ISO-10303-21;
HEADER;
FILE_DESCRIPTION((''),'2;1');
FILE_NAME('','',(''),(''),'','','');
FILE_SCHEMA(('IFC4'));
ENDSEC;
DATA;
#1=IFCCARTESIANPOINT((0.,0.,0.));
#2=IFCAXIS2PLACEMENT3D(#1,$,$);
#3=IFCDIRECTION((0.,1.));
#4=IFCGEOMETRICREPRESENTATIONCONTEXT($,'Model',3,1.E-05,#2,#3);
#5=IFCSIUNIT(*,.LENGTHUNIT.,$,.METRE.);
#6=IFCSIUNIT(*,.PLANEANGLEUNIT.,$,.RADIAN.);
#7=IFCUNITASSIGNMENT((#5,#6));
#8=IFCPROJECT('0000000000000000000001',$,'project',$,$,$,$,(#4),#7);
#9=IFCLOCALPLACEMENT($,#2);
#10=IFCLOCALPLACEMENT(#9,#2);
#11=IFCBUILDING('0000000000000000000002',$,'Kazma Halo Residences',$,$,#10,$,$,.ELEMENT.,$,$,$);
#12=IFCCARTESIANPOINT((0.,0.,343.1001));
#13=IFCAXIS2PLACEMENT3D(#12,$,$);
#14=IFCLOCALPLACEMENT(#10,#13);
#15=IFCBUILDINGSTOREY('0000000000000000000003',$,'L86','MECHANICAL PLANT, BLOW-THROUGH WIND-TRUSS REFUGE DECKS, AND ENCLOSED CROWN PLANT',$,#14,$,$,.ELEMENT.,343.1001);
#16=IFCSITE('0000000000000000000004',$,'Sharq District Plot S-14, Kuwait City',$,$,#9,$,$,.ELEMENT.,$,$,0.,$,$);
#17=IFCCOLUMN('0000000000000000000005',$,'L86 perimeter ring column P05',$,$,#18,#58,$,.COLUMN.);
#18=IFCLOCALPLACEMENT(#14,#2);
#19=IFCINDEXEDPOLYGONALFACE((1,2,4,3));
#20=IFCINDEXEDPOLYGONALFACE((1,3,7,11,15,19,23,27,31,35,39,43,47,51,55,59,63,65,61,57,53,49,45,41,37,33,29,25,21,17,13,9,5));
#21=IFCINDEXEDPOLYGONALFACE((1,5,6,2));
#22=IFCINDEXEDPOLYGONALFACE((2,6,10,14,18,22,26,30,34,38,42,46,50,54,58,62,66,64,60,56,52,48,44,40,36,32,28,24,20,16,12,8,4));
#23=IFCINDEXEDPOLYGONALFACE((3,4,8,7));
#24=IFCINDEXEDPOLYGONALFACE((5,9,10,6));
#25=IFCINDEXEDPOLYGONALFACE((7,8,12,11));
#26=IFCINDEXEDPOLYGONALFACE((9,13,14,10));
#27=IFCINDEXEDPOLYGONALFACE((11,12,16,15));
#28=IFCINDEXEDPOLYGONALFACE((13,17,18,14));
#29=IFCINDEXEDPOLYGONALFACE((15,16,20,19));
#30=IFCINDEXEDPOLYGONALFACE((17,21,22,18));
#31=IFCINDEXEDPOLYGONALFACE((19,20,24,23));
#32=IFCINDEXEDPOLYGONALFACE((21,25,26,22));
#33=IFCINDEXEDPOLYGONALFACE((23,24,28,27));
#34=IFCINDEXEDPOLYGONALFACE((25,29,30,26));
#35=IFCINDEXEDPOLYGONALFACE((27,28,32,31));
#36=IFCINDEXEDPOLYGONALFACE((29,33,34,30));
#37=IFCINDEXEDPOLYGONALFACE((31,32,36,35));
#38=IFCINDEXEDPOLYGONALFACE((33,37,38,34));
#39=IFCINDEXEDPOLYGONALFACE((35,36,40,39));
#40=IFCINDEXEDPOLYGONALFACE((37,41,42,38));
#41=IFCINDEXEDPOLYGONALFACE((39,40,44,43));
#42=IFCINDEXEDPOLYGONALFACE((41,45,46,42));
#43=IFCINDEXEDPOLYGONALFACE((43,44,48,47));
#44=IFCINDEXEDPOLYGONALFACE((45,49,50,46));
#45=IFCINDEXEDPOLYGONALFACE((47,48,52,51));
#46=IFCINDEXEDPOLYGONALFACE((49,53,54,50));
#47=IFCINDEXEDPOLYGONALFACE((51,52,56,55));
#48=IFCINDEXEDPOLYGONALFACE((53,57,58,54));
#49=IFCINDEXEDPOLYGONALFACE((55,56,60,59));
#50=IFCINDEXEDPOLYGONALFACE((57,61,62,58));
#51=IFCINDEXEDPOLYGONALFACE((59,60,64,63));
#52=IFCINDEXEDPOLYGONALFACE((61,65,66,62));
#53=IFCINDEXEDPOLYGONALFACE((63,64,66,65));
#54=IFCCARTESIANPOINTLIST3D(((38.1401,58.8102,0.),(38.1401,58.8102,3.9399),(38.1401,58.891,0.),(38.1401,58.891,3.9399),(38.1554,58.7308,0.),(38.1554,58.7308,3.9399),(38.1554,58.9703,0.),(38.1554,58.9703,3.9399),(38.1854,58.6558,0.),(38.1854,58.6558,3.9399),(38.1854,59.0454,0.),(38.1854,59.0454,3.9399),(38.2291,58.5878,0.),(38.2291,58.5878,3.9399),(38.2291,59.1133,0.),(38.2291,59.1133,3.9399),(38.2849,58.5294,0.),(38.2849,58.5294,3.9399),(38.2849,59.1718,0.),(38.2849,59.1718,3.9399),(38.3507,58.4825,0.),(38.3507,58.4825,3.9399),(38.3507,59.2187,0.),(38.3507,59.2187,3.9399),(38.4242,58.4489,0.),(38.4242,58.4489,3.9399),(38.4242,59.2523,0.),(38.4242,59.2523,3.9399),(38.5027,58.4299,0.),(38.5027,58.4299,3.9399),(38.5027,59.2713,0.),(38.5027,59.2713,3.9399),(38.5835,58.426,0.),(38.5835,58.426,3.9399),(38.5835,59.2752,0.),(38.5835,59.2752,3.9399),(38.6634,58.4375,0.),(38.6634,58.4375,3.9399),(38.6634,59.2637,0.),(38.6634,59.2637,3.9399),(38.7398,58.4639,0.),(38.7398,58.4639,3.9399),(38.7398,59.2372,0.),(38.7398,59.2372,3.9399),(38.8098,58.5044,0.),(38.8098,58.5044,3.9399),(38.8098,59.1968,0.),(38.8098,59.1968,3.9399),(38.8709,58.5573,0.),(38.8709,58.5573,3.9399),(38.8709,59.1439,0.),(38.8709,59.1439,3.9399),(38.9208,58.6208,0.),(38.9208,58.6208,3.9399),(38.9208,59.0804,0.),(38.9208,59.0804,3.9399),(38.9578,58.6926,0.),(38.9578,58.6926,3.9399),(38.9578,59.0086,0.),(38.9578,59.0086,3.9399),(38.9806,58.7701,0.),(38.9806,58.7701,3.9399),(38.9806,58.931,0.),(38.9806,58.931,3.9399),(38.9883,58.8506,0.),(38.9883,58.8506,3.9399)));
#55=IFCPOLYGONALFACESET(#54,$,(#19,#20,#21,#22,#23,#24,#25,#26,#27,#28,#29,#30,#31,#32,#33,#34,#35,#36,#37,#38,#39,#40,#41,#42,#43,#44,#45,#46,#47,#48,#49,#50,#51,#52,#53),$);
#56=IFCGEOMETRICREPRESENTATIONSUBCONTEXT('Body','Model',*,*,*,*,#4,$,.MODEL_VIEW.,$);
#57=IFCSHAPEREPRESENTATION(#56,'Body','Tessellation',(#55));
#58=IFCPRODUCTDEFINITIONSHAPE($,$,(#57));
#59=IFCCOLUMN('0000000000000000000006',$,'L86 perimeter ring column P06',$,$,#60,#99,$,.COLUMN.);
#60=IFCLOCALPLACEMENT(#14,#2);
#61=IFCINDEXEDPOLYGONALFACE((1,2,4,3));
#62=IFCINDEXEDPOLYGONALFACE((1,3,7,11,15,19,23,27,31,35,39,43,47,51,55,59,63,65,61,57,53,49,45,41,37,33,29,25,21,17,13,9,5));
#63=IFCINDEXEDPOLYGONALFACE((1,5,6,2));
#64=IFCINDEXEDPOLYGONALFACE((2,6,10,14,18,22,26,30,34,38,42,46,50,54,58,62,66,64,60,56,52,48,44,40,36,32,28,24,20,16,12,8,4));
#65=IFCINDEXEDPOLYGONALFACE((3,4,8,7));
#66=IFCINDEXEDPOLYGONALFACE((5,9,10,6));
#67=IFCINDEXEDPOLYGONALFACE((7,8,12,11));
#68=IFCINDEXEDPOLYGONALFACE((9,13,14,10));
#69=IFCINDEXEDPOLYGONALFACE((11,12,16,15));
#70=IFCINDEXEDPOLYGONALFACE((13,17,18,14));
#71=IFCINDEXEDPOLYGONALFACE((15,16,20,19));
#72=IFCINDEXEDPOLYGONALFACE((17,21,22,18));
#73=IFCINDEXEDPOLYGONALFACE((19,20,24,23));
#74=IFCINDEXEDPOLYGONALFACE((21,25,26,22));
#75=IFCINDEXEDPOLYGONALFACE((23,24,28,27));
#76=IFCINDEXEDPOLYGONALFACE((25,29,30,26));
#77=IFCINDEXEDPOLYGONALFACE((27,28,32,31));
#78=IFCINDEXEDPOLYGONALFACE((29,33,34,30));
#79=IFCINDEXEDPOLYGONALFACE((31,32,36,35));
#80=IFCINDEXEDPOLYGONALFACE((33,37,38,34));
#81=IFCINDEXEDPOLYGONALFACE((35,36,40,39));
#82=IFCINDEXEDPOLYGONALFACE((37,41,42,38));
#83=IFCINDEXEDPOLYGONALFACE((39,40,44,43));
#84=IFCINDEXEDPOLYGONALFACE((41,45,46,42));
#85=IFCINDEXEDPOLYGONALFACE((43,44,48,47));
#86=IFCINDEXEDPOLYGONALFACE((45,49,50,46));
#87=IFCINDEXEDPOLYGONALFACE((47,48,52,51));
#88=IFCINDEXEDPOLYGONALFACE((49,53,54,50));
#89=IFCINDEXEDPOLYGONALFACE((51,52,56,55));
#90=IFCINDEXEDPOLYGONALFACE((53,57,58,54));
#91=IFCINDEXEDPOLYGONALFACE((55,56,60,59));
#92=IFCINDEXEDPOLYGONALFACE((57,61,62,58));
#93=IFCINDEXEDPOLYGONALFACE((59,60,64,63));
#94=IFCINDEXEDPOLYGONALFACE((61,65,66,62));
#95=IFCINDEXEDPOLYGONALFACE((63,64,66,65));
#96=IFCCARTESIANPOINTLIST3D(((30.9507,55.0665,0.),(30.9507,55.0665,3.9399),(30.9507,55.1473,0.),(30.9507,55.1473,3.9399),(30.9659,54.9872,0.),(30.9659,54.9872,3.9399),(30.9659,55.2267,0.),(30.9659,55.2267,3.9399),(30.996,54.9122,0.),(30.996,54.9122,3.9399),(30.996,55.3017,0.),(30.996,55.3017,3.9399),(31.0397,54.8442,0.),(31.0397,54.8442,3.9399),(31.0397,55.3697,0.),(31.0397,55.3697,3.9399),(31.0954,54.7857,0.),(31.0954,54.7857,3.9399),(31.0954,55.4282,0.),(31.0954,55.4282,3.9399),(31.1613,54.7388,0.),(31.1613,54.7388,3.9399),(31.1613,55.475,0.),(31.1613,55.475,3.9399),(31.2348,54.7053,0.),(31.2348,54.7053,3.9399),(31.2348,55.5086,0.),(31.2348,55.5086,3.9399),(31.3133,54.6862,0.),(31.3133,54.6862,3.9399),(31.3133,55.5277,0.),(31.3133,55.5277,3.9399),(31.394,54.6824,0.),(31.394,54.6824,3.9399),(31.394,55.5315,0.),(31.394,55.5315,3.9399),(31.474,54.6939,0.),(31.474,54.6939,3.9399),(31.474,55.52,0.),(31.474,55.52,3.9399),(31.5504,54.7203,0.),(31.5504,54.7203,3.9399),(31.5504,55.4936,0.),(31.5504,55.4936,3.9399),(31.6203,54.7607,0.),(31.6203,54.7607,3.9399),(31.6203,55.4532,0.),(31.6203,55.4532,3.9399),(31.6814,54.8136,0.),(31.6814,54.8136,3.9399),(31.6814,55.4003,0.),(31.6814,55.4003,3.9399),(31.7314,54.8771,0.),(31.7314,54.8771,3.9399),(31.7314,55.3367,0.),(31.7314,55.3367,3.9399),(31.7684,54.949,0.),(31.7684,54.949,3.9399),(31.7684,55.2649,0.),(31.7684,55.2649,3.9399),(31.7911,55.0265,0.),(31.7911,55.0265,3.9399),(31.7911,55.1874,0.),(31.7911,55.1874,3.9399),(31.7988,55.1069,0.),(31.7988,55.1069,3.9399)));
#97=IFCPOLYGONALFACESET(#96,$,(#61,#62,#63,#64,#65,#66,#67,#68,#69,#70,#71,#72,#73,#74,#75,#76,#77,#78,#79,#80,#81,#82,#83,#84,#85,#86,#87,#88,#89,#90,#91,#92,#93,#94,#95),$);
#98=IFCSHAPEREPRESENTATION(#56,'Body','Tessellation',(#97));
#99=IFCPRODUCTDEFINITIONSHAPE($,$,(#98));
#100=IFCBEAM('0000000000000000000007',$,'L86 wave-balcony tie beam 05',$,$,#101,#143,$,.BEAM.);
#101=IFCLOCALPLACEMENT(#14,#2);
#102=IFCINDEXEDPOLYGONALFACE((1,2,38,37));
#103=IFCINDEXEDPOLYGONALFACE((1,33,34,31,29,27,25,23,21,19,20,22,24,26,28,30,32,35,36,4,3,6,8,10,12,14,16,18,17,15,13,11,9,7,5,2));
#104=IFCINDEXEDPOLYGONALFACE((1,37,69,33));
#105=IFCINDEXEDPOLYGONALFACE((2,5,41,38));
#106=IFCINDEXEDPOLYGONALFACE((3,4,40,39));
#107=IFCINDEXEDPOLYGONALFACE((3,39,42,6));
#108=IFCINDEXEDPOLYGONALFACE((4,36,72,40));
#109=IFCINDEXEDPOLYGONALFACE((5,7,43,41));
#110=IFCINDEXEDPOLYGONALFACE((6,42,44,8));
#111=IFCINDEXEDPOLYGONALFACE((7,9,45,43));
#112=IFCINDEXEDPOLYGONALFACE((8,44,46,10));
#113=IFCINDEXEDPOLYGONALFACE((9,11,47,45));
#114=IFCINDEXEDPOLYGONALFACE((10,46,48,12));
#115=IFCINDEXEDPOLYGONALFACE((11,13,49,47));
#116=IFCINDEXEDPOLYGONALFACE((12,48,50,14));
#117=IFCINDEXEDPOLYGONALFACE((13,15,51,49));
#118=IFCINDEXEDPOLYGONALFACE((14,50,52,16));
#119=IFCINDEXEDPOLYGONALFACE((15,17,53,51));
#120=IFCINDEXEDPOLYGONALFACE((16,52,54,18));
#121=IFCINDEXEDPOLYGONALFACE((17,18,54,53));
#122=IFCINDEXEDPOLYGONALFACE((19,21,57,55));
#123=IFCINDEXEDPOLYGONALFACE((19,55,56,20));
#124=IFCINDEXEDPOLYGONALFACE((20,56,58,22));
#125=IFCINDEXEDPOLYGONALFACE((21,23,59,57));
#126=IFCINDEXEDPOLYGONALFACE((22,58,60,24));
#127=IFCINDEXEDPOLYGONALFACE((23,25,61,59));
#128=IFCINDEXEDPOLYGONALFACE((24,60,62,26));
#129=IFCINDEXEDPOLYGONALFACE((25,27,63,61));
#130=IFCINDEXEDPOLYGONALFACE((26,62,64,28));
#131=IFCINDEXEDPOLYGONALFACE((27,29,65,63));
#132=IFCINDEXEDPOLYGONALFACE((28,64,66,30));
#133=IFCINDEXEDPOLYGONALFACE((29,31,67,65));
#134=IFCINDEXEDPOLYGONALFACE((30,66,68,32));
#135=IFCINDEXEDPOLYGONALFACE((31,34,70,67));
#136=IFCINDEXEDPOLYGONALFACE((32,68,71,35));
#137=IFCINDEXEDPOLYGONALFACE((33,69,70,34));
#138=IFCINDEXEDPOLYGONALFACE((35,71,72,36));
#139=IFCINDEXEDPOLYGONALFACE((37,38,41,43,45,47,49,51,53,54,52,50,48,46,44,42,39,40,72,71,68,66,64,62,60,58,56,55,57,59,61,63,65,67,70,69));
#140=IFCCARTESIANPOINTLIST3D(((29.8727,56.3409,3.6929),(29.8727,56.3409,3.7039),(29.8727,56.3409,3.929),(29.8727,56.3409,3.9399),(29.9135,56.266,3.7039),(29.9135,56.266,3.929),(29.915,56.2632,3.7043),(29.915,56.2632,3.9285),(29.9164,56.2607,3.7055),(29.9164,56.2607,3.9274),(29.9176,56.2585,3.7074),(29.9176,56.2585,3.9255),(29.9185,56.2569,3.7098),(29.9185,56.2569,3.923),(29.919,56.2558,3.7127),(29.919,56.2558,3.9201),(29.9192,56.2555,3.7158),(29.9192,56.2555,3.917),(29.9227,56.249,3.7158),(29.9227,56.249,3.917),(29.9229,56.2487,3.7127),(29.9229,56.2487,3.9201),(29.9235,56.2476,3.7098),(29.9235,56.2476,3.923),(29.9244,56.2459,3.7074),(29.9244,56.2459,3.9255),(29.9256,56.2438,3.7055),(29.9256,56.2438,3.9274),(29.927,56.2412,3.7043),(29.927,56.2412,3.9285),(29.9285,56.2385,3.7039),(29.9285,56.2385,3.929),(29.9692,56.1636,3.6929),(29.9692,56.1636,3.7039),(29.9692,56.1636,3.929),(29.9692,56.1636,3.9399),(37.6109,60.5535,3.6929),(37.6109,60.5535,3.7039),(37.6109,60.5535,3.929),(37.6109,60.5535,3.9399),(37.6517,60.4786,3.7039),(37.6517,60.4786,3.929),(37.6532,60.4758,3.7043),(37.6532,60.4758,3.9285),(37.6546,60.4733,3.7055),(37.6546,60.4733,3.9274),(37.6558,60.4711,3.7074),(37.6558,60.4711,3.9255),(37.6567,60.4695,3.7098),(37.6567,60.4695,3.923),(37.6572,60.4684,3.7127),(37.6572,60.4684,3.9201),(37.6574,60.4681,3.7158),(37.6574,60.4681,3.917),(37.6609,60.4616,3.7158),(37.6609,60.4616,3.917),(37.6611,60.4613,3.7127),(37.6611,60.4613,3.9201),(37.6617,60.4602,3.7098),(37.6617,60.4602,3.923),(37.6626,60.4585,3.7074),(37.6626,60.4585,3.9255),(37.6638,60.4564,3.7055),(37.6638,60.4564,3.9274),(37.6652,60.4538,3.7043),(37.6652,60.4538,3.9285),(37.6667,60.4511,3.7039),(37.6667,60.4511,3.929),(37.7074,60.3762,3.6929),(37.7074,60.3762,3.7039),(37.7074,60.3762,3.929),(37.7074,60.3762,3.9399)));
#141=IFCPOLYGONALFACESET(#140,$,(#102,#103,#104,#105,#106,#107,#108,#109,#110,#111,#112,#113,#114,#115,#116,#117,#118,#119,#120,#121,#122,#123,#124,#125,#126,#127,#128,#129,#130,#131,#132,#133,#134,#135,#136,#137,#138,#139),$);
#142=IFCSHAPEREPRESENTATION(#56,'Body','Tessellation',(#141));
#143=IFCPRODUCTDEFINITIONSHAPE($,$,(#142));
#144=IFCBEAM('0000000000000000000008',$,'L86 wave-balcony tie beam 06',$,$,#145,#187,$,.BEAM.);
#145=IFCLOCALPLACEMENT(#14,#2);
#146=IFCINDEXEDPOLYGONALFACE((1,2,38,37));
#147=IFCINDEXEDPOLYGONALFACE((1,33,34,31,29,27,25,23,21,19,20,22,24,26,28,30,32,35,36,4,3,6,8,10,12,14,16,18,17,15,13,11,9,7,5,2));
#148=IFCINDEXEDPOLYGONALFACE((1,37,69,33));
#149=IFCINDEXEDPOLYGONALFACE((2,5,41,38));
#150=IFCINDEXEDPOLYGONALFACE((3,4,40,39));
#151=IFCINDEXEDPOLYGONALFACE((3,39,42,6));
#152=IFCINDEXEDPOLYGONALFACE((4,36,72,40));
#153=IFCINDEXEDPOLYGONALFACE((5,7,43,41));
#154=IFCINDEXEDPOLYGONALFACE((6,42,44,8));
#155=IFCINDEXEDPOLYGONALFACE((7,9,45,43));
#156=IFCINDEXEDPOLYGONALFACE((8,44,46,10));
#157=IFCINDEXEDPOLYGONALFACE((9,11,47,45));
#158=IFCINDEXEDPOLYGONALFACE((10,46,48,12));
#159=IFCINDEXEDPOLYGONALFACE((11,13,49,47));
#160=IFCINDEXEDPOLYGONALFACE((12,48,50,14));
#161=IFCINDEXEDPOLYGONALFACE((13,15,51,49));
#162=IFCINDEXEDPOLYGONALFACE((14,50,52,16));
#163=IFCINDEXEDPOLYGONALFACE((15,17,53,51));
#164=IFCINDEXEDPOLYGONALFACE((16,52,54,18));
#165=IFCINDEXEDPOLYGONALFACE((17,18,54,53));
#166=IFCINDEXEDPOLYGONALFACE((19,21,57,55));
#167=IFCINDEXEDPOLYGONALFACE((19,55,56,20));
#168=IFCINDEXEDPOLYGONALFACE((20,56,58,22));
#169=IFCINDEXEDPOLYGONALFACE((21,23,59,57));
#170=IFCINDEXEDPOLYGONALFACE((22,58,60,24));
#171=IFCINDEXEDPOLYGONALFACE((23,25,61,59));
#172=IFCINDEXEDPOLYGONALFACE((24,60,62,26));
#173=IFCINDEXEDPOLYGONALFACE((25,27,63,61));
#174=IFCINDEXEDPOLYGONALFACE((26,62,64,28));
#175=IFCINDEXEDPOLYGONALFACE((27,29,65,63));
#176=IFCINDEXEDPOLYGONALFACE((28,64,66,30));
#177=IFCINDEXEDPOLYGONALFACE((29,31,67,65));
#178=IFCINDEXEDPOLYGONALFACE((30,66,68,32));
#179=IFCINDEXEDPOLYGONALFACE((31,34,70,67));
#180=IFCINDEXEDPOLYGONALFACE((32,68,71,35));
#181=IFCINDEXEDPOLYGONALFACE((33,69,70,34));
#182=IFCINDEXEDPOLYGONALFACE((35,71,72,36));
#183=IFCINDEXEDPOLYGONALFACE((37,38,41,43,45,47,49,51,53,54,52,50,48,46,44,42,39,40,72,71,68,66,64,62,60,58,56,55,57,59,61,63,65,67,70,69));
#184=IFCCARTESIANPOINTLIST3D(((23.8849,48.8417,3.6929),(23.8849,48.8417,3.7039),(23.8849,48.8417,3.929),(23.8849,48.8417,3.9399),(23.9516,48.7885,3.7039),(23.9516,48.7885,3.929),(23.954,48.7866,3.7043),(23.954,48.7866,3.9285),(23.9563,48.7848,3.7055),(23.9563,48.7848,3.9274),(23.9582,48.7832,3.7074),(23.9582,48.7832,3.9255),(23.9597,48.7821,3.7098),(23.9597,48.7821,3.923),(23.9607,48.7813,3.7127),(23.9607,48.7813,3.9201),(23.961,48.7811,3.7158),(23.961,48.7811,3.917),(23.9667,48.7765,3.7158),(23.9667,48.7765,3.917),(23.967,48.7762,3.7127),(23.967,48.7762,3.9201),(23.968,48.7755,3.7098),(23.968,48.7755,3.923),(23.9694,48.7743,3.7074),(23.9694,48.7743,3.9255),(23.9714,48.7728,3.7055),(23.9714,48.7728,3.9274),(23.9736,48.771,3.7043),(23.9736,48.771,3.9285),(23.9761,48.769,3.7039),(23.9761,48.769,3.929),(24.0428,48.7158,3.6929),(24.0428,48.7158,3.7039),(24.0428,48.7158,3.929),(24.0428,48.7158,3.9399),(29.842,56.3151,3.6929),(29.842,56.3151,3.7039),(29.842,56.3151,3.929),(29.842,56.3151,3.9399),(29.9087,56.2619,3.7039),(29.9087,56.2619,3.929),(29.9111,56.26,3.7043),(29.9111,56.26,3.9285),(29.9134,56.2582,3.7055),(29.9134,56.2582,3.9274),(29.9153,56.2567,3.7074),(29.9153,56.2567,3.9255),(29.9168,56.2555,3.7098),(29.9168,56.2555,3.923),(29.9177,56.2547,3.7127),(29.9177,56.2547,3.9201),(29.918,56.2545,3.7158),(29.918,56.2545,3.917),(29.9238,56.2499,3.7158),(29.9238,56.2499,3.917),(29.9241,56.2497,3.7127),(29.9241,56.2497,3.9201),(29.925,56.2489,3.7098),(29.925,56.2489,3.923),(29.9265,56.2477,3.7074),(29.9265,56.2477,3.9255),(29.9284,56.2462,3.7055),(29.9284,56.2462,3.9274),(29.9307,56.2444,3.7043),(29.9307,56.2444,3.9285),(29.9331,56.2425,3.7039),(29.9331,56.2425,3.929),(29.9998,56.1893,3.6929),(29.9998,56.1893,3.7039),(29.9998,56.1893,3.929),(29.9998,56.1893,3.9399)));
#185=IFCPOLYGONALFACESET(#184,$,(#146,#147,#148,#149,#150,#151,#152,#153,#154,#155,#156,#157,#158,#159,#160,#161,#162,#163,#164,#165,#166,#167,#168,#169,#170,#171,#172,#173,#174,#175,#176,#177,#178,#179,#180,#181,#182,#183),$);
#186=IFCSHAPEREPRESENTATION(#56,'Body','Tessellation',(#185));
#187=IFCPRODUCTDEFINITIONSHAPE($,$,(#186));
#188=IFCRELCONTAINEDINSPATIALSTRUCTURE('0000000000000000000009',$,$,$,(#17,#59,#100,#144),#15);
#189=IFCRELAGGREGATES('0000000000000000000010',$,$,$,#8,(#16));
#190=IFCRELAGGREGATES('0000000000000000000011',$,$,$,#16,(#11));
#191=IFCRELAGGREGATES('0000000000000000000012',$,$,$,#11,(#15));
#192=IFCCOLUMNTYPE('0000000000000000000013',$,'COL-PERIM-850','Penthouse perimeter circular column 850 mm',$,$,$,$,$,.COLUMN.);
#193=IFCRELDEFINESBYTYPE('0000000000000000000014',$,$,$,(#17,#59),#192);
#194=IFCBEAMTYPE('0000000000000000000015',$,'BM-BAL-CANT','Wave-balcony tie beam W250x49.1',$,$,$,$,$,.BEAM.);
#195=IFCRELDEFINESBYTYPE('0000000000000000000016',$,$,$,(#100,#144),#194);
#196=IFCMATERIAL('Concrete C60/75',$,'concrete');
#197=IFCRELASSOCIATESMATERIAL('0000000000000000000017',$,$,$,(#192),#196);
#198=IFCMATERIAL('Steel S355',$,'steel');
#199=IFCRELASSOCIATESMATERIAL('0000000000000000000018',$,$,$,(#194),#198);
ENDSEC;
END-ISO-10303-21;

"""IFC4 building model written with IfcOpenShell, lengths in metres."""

from ifc_helpers import new_model, si_unit, direction, frame, origin, origin_2d, place, context, subcontext, project, spatial, circle, i_section, extrude, material, material_profile, profile_set, type_object, element, save


model = new_model("IFC4")

# Units and contexts
model_context = context("Model", 3, precision=1e-05, world=origin(), true_north=direction((0.0, 1.0)))
body_context = subcontext(model_context, "Body", "Model", "MODEL_VIEW")
ifc_project = project(units=[si_unit("LENGTHUNIT", "METRE"), si_unit("PLANEANGLEUNIT", "RADIAN")], contexts=[model_context])

# Site, building, storey
site_placement = place(None, origin())
site = spatial("IfcSite", under=ifc_project, at=site_placement, Name="Sharq District Plot S-14, Kuwait City", CompositionType="ELEMENT", RefElevation=0.0)
building_placement = place(site_placement, origin())
building = spatial("IfcBuilding", under=site, at=building_placement, Name="Kazma Halo Residences", CompositionType="ELEMENT")
storey_placement = place(building_placement, frame((0.0, 0.0, 343.1001)))
storey = spatial("IfcBuildingStorey", under=building, at=storey_placement, Name="L86", Description="MECHANICAL PLANT, BLOW-THROUGH WIND-TRUSS REFUGE DECKS, AND ENCLOSED CROWN PLANT", CompositionType="ELEMENT", Elevation=343.1001)

# Columns
ifc_material_1 = material(Name="Concrete C60/75", Category="concrete")
ifc_material_profile_1 = material_profile(ifc_material_1, circle(Radius=0.425, at=origin_2d()), Name="CIRC850")
ifc_profile_set_1 = profile_set([ifc_material_profile_1], Name="Concrete C60/75")
column_type = type_object("IfcColumnType", Name="COL-PERIM-850", Description="Penthouse perimeter circular column 850 mm", PredefinedType="COLUMN", material=ifc_profile_set_1)
for number, where, z_axis, x_axis, name in (
    (1, (38.5632, 58.8506, 0.0), (0.0, 0.0, 1.0), (1.0, 0.0, 0.0), "L86 perimeter ring column P05"),
    (2, (31.3738, 55.1069, 0.0), (0.0, 0.0, 1.0), (1.0, 0.0, 0.0), "L86 perimeter ring column P06"),
):
    element("IfcColumn", number, at=place(storey_placement, frame(where, z_axis=z_axis, x_axis=x_axis)), inside=storey, type_object=column_type, Name=name, PredefinedType="COLUMN", context=body_context, shape_type="SweptSolid", body=[
        extrude(circle(Radius=0.425, at=origin_2d()), origin(), (0.0, 0.0, 1.0), 3.9399),
    ])

# Beams
ifc_material_2 = material(Name="Steel S355", Category="steel")
ifc_material_profile_2 = material_profile(ifc_material_2, i_section(OverallWidth=0.2019, OverallDepth=0.2471, WebThickness=0.0073, FlangeThickness=0.011, FilletRadius=0.012, at=origin_2d()), Name="W250x49.1")
ifc_profile_set_2 = profile_set([ifc_material_profile_2], Name="Steel S355")
beam_type_1 = type_object("IfcBeamType", Name="BM-BAL-CANT", Description="Wave-balcony tie beam W250x49.1", PredefinedType="BEAM", material=ifc_profile_set_2)
beam_1_placement = place(storey_placement, frame((37.6592, 60.4648, 3.8164), z_axis=(-0.878288, -0.478132, 0.0), x_axis=(0.478132, -0.878288, 0.0)))
element("IfcBeam", 3, at=beam_1_placement, inside=storey, type_object=beam_type_1, Name="L86 wave-balcony tie beam 05", PredefinedType="BEAM", context=body_context, shape_type="SweptSolid", body=[
    extrude(i_section(OverallWidth=0.2019, OverallDepth=0.2471, WebThickness=0.0073, FlangeThickness=0.011, FilletRadius=0.012, at=origin_2d()), origin(), (0.0, 0.0, 1.0), 8.8105),
])
beam_2_placement = place(storey_placement, frame((29.9209, 56.2522, 3.8164), z_axis=(-0.623311, -0.781974, 0.0), x_axis=(0.781974, -0.623311, 0.0)))
element("IfcBeam", 4, at=beam_2_placement, inside=storey, type_object=beam_type_1, Name="L86 wave-balcony tie beam 06", PredefinedType="BEAM", context=body_context, shape_type="SweptSolid", body=[
    extrude(i_section(OverallWidth=0.2019, OverallDepth=0.2471, WebThickness=0.0073, FlangeThickness=0.011, FilletRadius=0.012, at=origin_2d()), origin(), (0.0, 0.0, 1.0), 9.5571),
])

save(model, "model.ifc")
